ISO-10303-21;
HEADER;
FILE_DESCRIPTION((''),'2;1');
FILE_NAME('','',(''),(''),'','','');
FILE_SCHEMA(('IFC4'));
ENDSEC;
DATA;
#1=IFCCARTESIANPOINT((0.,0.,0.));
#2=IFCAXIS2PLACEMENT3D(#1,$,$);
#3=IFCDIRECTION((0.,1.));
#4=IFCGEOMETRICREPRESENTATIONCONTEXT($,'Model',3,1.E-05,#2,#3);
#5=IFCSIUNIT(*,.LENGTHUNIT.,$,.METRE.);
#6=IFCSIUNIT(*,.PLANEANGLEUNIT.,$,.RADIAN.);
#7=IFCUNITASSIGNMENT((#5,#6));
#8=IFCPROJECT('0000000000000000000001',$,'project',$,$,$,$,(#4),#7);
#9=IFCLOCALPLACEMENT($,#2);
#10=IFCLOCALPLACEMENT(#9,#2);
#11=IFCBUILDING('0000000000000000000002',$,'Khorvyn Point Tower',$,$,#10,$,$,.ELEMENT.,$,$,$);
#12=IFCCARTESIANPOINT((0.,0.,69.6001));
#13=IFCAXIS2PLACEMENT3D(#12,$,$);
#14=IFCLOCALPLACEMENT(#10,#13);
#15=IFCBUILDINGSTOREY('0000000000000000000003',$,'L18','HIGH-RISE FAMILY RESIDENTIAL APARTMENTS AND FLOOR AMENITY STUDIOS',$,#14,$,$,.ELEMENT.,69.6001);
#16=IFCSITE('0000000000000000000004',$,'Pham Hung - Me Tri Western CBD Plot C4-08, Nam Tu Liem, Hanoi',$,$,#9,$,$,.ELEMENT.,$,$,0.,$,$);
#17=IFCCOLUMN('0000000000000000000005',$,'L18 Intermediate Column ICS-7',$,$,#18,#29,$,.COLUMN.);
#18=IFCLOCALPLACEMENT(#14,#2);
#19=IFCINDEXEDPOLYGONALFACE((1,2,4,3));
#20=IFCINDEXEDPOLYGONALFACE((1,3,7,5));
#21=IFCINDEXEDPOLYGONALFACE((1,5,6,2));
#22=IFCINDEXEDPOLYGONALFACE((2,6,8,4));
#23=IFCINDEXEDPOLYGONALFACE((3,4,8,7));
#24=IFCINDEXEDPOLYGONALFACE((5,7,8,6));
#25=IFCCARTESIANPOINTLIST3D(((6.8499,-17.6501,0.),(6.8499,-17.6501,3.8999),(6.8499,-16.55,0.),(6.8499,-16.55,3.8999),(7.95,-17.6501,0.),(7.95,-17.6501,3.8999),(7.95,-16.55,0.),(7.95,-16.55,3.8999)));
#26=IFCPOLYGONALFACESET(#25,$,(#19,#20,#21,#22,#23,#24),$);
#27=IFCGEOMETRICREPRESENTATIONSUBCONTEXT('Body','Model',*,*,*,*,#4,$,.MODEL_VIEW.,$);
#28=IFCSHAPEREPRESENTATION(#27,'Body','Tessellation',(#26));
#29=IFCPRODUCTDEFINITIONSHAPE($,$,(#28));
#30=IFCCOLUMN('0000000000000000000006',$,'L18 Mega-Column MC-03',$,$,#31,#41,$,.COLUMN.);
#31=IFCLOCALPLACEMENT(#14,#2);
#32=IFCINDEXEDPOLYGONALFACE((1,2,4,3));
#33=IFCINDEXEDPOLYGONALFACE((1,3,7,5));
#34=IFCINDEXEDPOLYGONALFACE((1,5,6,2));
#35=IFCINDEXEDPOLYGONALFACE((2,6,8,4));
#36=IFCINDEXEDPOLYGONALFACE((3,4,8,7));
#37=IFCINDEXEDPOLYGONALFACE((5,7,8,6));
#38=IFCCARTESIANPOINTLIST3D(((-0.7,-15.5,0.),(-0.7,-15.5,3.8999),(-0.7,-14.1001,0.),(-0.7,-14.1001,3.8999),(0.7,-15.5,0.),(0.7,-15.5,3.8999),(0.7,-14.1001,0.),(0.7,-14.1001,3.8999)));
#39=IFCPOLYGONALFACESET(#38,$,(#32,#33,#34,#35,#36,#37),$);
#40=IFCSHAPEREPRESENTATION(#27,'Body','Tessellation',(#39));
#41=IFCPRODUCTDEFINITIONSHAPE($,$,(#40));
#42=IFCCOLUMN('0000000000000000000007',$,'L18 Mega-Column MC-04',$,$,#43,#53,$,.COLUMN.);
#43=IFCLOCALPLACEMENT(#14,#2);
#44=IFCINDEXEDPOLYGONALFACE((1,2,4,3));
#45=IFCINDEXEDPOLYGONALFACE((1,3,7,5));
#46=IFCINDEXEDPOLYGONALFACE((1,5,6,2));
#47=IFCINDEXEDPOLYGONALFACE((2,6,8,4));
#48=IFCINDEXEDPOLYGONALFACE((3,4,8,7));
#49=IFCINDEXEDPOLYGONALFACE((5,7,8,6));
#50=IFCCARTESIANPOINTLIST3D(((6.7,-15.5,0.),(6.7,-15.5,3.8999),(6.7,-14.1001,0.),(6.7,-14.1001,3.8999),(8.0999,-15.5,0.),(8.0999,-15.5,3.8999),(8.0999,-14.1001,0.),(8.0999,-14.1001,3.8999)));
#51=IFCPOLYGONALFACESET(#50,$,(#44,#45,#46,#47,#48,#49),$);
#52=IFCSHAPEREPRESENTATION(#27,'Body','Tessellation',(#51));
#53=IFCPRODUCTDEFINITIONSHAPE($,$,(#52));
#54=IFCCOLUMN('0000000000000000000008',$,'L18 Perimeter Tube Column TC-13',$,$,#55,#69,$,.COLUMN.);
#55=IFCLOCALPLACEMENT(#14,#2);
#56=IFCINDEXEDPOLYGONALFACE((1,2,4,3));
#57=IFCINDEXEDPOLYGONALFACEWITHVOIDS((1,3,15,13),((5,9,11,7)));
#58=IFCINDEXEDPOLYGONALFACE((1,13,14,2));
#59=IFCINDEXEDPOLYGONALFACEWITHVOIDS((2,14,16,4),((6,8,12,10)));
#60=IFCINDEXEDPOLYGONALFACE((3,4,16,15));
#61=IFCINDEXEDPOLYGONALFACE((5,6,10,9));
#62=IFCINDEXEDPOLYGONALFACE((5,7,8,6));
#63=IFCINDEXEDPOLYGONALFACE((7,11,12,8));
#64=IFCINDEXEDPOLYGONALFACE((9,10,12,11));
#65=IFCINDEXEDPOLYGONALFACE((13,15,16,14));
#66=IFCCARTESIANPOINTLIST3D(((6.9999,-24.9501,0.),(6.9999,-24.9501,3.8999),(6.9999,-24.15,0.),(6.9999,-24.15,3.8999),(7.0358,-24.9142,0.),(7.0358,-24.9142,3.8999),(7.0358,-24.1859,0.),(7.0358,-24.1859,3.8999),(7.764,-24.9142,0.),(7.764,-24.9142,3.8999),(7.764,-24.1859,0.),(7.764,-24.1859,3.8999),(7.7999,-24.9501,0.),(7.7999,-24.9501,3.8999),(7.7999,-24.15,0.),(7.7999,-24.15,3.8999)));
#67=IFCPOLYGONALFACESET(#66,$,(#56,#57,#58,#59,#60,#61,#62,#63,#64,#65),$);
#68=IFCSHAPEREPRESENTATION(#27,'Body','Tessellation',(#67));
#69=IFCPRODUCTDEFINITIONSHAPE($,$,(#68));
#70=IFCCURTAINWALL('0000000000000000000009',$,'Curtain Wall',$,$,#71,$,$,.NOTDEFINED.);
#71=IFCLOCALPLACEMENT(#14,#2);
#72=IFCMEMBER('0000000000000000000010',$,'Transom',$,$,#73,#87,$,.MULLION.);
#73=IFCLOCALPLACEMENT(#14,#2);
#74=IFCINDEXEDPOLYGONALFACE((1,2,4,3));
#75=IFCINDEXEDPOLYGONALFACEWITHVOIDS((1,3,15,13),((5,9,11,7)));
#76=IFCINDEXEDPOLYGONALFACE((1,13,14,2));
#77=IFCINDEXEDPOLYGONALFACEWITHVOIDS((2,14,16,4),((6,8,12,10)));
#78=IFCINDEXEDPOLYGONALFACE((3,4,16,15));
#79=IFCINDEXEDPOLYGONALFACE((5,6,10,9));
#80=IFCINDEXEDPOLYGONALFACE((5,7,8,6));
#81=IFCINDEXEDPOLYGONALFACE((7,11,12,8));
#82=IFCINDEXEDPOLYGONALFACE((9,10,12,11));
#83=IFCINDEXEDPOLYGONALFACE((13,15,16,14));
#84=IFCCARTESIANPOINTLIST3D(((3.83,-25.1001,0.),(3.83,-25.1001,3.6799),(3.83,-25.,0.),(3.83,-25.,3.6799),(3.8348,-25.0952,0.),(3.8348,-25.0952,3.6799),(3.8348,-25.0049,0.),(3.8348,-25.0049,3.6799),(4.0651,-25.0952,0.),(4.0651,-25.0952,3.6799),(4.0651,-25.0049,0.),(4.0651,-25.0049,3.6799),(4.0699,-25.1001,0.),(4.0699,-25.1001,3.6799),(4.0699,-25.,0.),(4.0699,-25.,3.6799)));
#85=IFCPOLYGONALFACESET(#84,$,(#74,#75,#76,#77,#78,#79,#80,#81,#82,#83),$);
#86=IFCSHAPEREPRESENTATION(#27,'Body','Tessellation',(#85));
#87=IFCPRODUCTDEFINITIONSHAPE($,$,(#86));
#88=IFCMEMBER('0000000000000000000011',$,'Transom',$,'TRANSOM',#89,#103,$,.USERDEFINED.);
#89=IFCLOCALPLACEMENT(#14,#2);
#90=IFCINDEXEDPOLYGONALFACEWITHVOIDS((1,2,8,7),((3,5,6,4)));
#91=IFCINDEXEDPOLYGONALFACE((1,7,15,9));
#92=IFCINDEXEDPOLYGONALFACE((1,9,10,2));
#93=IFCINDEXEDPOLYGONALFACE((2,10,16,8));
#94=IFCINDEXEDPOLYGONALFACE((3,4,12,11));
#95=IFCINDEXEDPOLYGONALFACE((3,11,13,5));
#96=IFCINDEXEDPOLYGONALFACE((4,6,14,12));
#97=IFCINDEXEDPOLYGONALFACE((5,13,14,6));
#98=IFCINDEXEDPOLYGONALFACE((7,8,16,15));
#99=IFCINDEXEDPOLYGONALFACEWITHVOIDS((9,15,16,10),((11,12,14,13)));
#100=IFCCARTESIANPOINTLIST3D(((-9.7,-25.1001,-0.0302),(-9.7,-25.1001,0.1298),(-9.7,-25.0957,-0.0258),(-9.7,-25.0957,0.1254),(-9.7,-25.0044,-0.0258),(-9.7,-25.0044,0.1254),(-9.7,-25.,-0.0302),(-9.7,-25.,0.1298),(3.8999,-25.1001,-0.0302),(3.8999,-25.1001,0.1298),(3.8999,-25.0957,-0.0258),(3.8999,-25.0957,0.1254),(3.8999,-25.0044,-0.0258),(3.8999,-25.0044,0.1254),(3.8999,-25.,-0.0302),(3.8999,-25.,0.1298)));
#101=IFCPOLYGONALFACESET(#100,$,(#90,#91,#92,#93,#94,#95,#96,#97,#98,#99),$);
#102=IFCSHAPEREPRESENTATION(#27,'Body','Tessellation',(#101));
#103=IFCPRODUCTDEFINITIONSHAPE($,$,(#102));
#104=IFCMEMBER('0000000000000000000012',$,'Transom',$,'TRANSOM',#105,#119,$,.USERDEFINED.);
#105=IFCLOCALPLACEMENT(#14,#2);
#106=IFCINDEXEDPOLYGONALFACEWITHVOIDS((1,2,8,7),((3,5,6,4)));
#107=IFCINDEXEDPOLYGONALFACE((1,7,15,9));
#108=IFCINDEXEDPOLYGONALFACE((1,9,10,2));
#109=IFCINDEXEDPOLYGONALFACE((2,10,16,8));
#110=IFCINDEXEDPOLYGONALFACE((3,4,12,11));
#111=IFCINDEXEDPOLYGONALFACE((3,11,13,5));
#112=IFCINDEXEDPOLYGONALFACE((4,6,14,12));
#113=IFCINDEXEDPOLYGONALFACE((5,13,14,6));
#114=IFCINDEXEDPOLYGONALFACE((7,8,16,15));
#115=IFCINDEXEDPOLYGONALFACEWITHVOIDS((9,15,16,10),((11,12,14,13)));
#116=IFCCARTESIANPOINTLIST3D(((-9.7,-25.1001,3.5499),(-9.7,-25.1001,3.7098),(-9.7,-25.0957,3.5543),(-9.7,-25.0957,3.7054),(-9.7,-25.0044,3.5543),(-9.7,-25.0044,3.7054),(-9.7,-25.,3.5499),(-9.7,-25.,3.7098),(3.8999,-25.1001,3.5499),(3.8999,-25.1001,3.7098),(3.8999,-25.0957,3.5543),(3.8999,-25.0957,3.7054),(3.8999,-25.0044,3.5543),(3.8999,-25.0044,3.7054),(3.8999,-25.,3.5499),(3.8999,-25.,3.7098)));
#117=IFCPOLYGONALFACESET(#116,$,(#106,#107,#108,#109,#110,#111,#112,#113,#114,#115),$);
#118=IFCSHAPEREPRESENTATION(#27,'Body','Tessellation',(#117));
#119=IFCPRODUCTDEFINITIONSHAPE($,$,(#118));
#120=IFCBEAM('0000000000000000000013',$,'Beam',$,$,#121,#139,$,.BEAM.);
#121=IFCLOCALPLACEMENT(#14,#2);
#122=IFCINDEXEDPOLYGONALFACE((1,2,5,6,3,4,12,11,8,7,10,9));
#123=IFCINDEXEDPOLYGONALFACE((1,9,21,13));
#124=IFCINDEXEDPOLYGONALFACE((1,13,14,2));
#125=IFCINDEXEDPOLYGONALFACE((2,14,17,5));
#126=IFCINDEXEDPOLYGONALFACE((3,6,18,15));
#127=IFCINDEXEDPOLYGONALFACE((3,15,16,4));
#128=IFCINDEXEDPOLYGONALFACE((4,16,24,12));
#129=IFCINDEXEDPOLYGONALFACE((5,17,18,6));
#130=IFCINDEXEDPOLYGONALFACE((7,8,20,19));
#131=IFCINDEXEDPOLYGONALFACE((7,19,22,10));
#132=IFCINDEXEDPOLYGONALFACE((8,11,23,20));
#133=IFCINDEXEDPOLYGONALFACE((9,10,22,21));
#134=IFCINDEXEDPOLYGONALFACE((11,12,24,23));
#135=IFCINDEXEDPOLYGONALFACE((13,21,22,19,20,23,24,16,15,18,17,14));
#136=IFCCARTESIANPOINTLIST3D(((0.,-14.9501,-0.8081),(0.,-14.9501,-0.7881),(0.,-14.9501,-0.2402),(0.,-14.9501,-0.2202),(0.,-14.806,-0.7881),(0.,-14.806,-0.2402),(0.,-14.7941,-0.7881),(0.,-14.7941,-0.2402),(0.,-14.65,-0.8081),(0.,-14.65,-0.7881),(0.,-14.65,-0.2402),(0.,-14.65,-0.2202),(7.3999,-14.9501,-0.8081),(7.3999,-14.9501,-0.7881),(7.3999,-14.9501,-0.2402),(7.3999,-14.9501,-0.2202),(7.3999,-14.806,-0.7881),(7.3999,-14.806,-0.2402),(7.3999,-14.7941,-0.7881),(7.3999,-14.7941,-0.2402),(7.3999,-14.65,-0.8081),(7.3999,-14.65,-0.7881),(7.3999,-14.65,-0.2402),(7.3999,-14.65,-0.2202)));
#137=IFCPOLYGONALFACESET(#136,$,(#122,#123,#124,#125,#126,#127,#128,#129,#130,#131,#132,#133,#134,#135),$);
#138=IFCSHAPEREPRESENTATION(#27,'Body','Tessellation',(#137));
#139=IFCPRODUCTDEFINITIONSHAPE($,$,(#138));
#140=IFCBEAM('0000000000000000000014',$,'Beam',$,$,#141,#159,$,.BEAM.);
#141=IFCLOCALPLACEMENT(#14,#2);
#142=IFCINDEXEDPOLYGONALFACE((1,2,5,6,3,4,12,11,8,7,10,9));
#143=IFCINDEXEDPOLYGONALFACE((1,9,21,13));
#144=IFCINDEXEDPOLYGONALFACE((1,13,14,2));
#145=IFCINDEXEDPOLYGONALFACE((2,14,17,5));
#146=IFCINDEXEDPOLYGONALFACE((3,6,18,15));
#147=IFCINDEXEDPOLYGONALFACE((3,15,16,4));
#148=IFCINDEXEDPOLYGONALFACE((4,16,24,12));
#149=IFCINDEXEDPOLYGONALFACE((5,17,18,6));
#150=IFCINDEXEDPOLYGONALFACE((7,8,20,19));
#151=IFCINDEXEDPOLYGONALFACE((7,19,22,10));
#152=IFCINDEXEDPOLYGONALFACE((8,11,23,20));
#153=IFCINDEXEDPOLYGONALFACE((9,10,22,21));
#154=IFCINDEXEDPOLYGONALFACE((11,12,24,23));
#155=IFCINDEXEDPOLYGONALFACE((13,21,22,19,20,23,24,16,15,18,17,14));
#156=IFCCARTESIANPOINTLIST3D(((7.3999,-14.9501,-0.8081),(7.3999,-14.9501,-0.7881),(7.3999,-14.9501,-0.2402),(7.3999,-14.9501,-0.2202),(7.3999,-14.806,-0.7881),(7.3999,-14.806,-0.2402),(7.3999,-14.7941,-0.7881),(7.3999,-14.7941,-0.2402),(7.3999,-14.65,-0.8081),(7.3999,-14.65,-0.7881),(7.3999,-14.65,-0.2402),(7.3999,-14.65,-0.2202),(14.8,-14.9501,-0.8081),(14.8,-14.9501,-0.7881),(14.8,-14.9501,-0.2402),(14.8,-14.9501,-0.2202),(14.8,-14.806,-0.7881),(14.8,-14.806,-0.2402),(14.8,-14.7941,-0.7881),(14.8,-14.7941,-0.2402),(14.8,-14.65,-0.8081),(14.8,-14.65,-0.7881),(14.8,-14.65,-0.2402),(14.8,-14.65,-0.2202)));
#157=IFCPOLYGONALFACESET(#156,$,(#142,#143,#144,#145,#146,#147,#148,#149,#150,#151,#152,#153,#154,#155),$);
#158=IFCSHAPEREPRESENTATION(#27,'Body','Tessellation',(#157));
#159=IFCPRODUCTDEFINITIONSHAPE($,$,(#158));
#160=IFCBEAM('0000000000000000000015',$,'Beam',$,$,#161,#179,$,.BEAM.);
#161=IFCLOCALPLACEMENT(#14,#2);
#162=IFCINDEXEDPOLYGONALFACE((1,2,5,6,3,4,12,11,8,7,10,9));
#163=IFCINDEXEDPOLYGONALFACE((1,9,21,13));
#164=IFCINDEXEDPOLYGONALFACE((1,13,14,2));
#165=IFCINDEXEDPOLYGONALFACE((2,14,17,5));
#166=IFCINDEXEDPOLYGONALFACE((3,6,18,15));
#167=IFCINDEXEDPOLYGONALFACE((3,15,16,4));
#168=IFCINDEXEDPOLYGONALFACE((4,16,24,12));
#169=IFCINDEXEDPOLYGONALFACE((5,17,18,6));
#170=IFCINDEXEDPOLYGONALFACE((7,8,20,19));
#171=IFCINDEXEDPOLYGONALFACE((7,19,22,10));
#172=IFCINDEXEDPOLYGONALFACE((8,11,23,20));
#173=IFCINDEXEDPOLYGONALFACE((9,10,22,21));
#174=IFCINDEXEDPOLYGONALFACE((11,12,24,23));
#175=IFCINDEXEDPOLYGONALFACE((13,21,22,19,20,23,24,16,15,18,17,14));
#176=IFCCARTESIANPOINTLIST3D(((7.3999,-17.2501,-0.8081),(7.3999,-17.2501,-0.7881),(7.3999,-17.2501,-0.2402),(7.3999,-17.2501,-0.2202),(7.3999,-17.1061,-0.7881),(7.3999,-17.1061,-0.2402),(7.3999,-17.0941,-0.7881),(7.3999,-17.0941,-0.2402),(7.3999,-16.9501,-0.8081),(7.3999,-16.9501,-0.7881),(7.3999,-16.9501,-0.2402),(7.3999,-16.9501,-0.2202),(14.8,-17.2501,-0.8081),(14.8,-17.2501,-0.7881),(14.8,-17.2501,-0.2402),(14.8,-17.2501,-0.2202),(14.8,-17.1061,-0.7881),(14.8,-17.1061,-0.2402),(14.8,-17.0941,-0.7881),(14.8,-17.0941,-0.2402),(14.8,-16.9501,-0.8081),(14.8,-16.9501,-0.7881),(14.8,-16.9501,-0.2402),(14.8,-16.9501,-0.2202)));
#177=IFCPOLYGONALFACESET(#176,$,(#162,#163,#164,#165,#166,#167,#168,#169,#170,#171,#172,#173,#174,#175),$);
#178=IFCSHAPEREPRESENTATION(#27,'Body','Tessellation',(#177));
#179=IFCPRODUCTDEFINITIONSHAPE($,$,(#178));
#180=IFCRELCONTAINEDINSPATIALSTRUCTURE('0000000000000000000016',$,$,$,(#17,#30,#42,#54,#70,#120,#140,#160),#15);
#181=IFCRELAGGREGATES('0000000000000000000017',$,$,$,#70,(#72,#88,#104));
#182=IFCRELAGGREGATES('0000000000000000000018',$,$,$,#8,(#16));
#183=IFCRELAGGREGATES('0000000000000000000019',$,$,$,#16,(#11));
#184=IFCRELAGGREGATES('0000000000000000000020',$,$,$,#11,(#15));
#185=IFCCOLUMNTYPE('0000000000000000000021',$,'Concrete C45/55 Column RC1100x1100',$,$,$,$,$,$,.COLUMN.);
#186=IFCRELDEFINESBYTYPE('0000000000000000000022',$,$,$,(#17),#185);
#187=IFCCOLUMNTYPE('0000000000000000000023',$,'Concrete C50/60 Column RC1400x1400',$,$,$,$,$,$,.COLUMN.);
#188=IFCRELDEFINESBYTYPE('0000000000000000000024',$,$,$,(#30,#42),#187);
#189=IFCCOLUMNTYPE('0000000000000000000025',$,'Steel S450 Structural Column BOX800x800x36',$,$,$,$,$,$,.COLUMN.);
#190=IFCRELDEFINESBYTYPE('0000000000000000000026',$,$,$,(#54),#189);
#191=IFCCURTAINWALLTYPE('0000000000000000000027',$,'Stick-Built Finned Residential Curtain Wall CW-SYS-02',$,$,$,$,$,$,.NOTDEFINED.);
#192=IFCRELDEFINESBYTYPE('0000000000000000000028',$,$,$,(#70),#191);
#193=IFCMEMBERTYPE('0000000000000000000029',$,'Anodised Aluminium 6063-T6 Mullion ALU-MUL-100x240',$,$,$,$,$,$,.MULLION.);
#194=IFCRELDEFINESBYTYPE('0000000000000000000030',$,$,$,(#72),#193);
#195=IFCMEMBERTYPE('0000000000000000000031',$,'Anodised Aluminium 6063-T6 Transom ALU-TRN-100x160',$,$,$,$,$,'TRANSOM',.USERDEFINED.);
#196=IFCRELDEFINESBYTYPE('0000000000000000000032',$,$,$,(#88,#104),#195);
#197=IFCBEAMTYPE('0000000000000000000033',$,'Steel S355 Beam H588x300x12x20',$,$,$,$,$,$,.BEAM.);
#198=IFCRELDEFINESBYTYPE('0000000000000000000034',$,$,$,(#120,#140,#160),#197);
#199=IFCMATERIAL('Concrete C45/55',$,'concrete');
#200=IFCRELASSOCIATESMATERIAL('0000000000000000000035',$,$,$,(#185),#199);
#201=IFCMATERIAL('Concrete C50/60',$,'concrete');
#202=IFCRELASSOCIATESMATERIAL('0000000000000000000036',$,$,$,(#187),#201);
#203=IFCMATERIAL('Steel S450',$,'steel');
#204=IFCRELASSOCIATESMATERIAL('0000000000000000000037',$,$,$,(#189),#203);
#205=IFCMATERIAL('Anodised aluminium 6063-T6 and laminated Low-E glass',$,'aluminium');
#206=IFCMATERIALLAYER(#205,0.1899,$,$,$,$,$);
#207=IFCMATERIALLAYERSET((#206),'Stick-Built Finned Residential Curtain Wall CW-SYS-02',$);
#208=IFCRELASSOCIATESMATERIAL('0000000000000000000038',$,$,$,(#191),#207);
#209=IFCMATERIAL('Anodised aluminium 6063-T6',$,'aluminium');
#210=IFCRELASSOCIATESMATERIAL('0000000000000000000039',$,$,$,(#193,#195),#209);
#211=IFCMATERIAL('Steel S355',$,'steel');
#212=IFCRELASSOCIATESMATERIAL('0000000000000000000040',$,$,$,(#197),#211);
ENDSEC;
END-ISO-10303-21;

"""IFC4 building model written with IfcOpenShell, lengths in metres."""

from ifc_helpers import new_model, si_unit, direction, frame, origin, origin_2d, place, context, subcontext, project, spatial, rectangle, hollow_rectangle, i_section, extrude, material, layer, layer_set, material_profile, profile_set, type_object, element, aggregate, save


model = new_model("IFC4")

# Units and contexts
model_context = context("Model", 3, precision=1e-05, world=origin(), true_north=direction((0.0, 1.0)))
body_context = subcontext(model_context, "Body", "Model", "MODEL_VIEW")
ifc_project = project(units=[si_unit("LENGTHUNIT", "METRE"), si_unit("PLANEANGLEUNIT", "RADIAN")], contexts=[model_context])

# Site, building, storey
site_placement = place(None, origin())
site = spatial("IfcSite", under=ifc_project, at=site_placement, Name="Pham Hung - Me Tri Western CBD Plot C4-08, Nam Tu Liem, Hanoi", CompositionType="ELEMENT", RefElevation=0.0)
building_placement = place(site_placement, origin())
building = spatial("IfcBuilding", under=site, at=building_placement, Name="Khorvyn Point Tower", CompositionType="ELEMENT")
storey_placement = place(building_placement, frame((0.0, 0.0, 69.6001)))
storey = spatial("IfcBuildingStorey", under=building, at=storey_placement, Name="L18", Description="HIGH-RISE FAMILY RESIDENTIAL APARTMENTS AND FLOOR AMENITY STUDIOS", CompositionType="ELEMENT", Elevation=69.6001)

# Columns
ifc_material_1 = material(Name="Concrete C45/55", Category="concrete")
ifc_material_profile_1 = material_profile(ifc_material_1, rectangle(XDim=1.1001, YDim=1.1001, at=origin_2d()))
ifc_profile_set_1 = profile_set([ifc_material_profile_1], Name="Concrete C45/55 RC1100x1100")
column_type_1 = type_object("IfcColumnType", Name="Concrete C45/55 Column RC1100x1100", PredefinedType="COLUMN", material=ifc_profile_set_1)
column_1_placement = place(storey_placement, frame((7.3999, -17.1001, 0.0), z_axis=(0.0, 0.0, 1.0), x_axis=(1.0, 0.0, 0.0)))
element("IfcColumn", 1, at=column_1_placement, inside=storey, type_object=column_type_1, Name="L18 Intermediate Column ICS-7", PredefinedType="COLUMN", context=body_context, shape_type="SweptSolid", body=[
    extrude(rectangle(XDim=1.1001, YDim=1.1001, at=origin_2d()), origin(), (0.0, 0.0, 1.0), 3.8999),
])
ifc_material_2 = material(Name="Concrete C50/60", Category="concrete")
ifc_material_profile_2 = material_profile(ifc_material_2, rectangle(XDim=1.3999, YDim=1.3999, at=origin_2d()))
ifc_profile_set_2 = profile_set([ifc_material_profile_2], Name="Concrete C50/60 RC1400x1400")
column_type_2 = type_object("IfcColumnType", Name="Concrete C50/60 Column RC1400x1400", PredefinedType="COLUMN", material=ifc_profile_set_2)
for number, where, z_axis, x_axis, name in (
    (2, (0.0, -14.8, 0.0), (0.0, 0.0, 1.0), (1.0, 0.0, 0.0), "L18 Mega-Column MC-03"),
    (3, (7.3999, -14.8, 0.0), (0.0, 0.0, 1.0), (1.0, 0.0, 0.0), "L18 Mega-Column MC-04"),
):
    element("IfcColumn", number, at=place(storey_placement, frame(where, z_axis=z_axis, x_axis=x_axis)), inside=storey, type_object=column_type_2, Name=name, PredefinedType="COLUMN", context=body_context, shape_type="SweptSolid", body=[
        extrude(rectangle(XDim=1.3999, YDim=1.3999, at=origin_2d()), origin(), (0.0, 0.0, 1.0), 3.8999),
    ])
ifc_material_3 = material(Name="Steel S450", Category="steel")
ifc_material_profile_3 = material_profile(ifc_material_3, hollow_rectangle(XDim=0.8, YDim=0.8, WallThickness=0.0359, at=origin_2d()))
ifc_profile_set_3 = profile_set([ifc_material_profile_3], Name="Steel S450 BOX800x800x36")
column_type_3 = type_object("IfcColumnType", Name="Steel S450 Structural Column BOX800x800x36", PredefinedType="COLUMN", material=ifc_profile_set_3)
column_2_placement = place(storey_placement, frame((7.3999, -24.55, 0.0), z_axis=(0.0, 0.0, 1.0), x_axis=(1.0, 0.0, 0.0)))
element("IfcColumn", 4, at=column_2_placement, inside=storey, type_object=column_type_3, Name="L18 Perimeter Tube Column TC-13", PredefinedType="COLUMN", context=body_context, shape_type="SweptSolid", body=[
    extrude(hollow_rectangle(XDim=0.8, YDim=0.8, WallThickness=0.0359, at=origin_2d()), origin(), (0.0, 0.0, 1.0), 3.8999),
])

# Curtain wall, members
ifc_material_4 = material(Name="Anodised aluminium 6063-T6 and laminated Low-E glass", Category="aluminium")
ifc_layer_1 = layer(ifc_material_4, 0.1899)
ifc_layer_set_1 = layer_set([ifc_layer_1], Name="Stick-Built Finned Residential Curtain Wall CW-SYS-02")
curtain_wall_type = type_object("IfcCurtainWallType", Name="Stick-Built Finned Residential Curtain Wall CW-SYS-02", PredefinedType="NOTDEFINED", material=ifc_layer_set_1)
curtain_wall_placement = place(storey_placement, origin())
curtain_wall = element("IfcCurtainWall", 5, at=curtain_wall_placement, inside=storey, type_object=curtain_wall_type, Name="Curtain Wall", PredefinedType="NOTDEFINED")
ifc_material_5 = material(Name="Anodised aluminium 6063-T6", Category="aluminium")
ifc_material_profile_4 = material_profile(ifc_material_5, hollow_rectangle(XDim=0.1001, YDim=0.24, WallThickness=0.0049, at=origin_2d()))
ifc_profile_set_4 = profile_set([ifc_material_profile_4], Name="Anodised aluminium 6063-T6 ALU-MUL-100x240")
member_type_1 = type_object("IfcMemberType", Name="Anodised Aluminium 6063-T6 Mullion ALU-MUL-100x240", PredefinedType="MULLION", material=ifc_profile_set_4)
member_1_placement = place(storey_placement, frame((3.95, -25.05, 0.0), z_axis=(0.0, 0.0, 1.0), x_axis=(0.0, -1.0, 0.0)))
member_1 = element("IfcMember", 6, at=member_1_placement, type_object=member_type_1, Name="Transom", PredefinedType="MULLION", context=body_context, shape_type="SweptSolid", body=[
    extrude(hollow_rectangle(XDim=0.1001, YDim=0.24, WallThickness=0.0049, at=origin_2d()), origin(), (0.0, 0.0, 1.0), 3.6799),
])
ifc_material_profile_5 = material_profile(ifc_material_5, hollow_rectangle(XDim=0.1001, YDim=0.1599, WallThickness=0.0044, at=origin_2d()))
ifc_profile_set_5 = profile_set([ifc_material_profile_5], Name="Anodised aluminium 6063-T6 ALU-TRN-100x160")
member_type_2 = type_object("IfcMemberType", Name="Anodised Aluminium 6063-T6 Transom ALU-TRN-100x160", ElementType="TRANSOM", PredefinedType="USERDEFINED", material=ifc_profile_set_5)
member_2_placement = place(storey_placement, frame((3.8999, -25.05, 0.0498), z_axis=(-1.0, 0.0, 0.0), x_axis=(0.0, -1.0, 0.0)))
member_2 = element("IfcMember", 7, at=member_2_placement, type_object=member_type_2, Name="Transom", ObjectType="TRANSOM", PredefinedType="USERDEFINED", context=body_context, shape_type="SweptSolid", body=[
    extrude(hollow_rectangle(XDim=0.1001, YDim=0.1599, WallThickness=0.0044, at=origin_2d()), origin(), (0.0, 0.0, 1.0), 13.5999),
])
member_3_placement = place(storey_placement, frame((3.8999, -25.05, 3.6299), z_axis=(-1.0, 0.0, 0.0), x_axis=(0.0, -1.0, 0.0)))
member_3 = element("IfcMember", 8, at=member_3_placement, type_object=member_type_2, Name="Transom", ObjectType="TRANSOM", PredefinedType="USERDEFINED", context=body_context, shape_type="SweptSolid", body=[
    extrude(hollow_rectangle(XDim=0.1001, YDim=0.1599, WallThickness=0.0044, at=origin_2d()), origin(), (0.0, 0.0, 1.0), 13.5999),
])

# Beams
ifc_material_6 = material(Name="Steel S355", Category="steel")
ifc_material_profile_6 = material_profile(ifc_material_6, i_section(OverallWidth=0.3, OverallDepth=0.5879, WebThickness=0.012, FlangeThickness=0.02, at=origin_2d()))
ifc_profile_set_6 = profile_set([ifc_material_profile_6], Name="Steel S355 H588x300x12x20")
beam_type_1 = type_object("IfcBeamType", Name="Steel S355 Beam H588x300x12x20", PredefinedType="BEAM", material=ifc_profile_set_6)
beam_1_placement = place(storey_placement, frame((0.0, -14.8, -0.5142), z_axis=(1.0, 0.0, 0.0), x_axis=(0.0, 1.0, 0.0)))
element("IfcBeam", 9, at=beam_1_placement, inside=storey, type_object=beam_type_1, Name="Beam", PredefinedType="BEAM", context=body_context, shape_type="SweptSolid", body=[
    extrude(i_section(OverallWidth=0.3, OverallDepth=0.5879, WebThickness=0.012, FlangeThickness=0.02, at=origin_2d()), origin(), (0.0, 0.0, 1.0), 7.3999),
])
for number, where, z_axis, x_axis, name in (
    (10, (7.3999, -14.8, -0.5142), (1.0, 0.0, 0.0), (0.0, 1.0, 0.0), "Beam"),
    (11, (7.3999, -17.1001, -0.5142), (1.0, 0.0, 0.0), (0.0, 1.0, 0.0), "Beam"),
):
    element("IfcBeam", number, at=place(storey_placement, frame(where, z_axis=z_axis, x_axis=x_axis)), inside=storey, type_object=beam_type_1, Name=name, PredefinedType="BEAM", context=body_context, shape_type="SweptSolid", body=[
        extrude(i_section(OverallWidth=0.3, OverallDepth=0.5879, WebThickness=0.012, FlangeThickness=0.02, at=origin_2d()), origin(), (0.0, 0.0, 1.0), 7.4001),
    ])

aggregate(curtain_wall, [member_1, member_2, member_3])

save(model, "model.ifc")
